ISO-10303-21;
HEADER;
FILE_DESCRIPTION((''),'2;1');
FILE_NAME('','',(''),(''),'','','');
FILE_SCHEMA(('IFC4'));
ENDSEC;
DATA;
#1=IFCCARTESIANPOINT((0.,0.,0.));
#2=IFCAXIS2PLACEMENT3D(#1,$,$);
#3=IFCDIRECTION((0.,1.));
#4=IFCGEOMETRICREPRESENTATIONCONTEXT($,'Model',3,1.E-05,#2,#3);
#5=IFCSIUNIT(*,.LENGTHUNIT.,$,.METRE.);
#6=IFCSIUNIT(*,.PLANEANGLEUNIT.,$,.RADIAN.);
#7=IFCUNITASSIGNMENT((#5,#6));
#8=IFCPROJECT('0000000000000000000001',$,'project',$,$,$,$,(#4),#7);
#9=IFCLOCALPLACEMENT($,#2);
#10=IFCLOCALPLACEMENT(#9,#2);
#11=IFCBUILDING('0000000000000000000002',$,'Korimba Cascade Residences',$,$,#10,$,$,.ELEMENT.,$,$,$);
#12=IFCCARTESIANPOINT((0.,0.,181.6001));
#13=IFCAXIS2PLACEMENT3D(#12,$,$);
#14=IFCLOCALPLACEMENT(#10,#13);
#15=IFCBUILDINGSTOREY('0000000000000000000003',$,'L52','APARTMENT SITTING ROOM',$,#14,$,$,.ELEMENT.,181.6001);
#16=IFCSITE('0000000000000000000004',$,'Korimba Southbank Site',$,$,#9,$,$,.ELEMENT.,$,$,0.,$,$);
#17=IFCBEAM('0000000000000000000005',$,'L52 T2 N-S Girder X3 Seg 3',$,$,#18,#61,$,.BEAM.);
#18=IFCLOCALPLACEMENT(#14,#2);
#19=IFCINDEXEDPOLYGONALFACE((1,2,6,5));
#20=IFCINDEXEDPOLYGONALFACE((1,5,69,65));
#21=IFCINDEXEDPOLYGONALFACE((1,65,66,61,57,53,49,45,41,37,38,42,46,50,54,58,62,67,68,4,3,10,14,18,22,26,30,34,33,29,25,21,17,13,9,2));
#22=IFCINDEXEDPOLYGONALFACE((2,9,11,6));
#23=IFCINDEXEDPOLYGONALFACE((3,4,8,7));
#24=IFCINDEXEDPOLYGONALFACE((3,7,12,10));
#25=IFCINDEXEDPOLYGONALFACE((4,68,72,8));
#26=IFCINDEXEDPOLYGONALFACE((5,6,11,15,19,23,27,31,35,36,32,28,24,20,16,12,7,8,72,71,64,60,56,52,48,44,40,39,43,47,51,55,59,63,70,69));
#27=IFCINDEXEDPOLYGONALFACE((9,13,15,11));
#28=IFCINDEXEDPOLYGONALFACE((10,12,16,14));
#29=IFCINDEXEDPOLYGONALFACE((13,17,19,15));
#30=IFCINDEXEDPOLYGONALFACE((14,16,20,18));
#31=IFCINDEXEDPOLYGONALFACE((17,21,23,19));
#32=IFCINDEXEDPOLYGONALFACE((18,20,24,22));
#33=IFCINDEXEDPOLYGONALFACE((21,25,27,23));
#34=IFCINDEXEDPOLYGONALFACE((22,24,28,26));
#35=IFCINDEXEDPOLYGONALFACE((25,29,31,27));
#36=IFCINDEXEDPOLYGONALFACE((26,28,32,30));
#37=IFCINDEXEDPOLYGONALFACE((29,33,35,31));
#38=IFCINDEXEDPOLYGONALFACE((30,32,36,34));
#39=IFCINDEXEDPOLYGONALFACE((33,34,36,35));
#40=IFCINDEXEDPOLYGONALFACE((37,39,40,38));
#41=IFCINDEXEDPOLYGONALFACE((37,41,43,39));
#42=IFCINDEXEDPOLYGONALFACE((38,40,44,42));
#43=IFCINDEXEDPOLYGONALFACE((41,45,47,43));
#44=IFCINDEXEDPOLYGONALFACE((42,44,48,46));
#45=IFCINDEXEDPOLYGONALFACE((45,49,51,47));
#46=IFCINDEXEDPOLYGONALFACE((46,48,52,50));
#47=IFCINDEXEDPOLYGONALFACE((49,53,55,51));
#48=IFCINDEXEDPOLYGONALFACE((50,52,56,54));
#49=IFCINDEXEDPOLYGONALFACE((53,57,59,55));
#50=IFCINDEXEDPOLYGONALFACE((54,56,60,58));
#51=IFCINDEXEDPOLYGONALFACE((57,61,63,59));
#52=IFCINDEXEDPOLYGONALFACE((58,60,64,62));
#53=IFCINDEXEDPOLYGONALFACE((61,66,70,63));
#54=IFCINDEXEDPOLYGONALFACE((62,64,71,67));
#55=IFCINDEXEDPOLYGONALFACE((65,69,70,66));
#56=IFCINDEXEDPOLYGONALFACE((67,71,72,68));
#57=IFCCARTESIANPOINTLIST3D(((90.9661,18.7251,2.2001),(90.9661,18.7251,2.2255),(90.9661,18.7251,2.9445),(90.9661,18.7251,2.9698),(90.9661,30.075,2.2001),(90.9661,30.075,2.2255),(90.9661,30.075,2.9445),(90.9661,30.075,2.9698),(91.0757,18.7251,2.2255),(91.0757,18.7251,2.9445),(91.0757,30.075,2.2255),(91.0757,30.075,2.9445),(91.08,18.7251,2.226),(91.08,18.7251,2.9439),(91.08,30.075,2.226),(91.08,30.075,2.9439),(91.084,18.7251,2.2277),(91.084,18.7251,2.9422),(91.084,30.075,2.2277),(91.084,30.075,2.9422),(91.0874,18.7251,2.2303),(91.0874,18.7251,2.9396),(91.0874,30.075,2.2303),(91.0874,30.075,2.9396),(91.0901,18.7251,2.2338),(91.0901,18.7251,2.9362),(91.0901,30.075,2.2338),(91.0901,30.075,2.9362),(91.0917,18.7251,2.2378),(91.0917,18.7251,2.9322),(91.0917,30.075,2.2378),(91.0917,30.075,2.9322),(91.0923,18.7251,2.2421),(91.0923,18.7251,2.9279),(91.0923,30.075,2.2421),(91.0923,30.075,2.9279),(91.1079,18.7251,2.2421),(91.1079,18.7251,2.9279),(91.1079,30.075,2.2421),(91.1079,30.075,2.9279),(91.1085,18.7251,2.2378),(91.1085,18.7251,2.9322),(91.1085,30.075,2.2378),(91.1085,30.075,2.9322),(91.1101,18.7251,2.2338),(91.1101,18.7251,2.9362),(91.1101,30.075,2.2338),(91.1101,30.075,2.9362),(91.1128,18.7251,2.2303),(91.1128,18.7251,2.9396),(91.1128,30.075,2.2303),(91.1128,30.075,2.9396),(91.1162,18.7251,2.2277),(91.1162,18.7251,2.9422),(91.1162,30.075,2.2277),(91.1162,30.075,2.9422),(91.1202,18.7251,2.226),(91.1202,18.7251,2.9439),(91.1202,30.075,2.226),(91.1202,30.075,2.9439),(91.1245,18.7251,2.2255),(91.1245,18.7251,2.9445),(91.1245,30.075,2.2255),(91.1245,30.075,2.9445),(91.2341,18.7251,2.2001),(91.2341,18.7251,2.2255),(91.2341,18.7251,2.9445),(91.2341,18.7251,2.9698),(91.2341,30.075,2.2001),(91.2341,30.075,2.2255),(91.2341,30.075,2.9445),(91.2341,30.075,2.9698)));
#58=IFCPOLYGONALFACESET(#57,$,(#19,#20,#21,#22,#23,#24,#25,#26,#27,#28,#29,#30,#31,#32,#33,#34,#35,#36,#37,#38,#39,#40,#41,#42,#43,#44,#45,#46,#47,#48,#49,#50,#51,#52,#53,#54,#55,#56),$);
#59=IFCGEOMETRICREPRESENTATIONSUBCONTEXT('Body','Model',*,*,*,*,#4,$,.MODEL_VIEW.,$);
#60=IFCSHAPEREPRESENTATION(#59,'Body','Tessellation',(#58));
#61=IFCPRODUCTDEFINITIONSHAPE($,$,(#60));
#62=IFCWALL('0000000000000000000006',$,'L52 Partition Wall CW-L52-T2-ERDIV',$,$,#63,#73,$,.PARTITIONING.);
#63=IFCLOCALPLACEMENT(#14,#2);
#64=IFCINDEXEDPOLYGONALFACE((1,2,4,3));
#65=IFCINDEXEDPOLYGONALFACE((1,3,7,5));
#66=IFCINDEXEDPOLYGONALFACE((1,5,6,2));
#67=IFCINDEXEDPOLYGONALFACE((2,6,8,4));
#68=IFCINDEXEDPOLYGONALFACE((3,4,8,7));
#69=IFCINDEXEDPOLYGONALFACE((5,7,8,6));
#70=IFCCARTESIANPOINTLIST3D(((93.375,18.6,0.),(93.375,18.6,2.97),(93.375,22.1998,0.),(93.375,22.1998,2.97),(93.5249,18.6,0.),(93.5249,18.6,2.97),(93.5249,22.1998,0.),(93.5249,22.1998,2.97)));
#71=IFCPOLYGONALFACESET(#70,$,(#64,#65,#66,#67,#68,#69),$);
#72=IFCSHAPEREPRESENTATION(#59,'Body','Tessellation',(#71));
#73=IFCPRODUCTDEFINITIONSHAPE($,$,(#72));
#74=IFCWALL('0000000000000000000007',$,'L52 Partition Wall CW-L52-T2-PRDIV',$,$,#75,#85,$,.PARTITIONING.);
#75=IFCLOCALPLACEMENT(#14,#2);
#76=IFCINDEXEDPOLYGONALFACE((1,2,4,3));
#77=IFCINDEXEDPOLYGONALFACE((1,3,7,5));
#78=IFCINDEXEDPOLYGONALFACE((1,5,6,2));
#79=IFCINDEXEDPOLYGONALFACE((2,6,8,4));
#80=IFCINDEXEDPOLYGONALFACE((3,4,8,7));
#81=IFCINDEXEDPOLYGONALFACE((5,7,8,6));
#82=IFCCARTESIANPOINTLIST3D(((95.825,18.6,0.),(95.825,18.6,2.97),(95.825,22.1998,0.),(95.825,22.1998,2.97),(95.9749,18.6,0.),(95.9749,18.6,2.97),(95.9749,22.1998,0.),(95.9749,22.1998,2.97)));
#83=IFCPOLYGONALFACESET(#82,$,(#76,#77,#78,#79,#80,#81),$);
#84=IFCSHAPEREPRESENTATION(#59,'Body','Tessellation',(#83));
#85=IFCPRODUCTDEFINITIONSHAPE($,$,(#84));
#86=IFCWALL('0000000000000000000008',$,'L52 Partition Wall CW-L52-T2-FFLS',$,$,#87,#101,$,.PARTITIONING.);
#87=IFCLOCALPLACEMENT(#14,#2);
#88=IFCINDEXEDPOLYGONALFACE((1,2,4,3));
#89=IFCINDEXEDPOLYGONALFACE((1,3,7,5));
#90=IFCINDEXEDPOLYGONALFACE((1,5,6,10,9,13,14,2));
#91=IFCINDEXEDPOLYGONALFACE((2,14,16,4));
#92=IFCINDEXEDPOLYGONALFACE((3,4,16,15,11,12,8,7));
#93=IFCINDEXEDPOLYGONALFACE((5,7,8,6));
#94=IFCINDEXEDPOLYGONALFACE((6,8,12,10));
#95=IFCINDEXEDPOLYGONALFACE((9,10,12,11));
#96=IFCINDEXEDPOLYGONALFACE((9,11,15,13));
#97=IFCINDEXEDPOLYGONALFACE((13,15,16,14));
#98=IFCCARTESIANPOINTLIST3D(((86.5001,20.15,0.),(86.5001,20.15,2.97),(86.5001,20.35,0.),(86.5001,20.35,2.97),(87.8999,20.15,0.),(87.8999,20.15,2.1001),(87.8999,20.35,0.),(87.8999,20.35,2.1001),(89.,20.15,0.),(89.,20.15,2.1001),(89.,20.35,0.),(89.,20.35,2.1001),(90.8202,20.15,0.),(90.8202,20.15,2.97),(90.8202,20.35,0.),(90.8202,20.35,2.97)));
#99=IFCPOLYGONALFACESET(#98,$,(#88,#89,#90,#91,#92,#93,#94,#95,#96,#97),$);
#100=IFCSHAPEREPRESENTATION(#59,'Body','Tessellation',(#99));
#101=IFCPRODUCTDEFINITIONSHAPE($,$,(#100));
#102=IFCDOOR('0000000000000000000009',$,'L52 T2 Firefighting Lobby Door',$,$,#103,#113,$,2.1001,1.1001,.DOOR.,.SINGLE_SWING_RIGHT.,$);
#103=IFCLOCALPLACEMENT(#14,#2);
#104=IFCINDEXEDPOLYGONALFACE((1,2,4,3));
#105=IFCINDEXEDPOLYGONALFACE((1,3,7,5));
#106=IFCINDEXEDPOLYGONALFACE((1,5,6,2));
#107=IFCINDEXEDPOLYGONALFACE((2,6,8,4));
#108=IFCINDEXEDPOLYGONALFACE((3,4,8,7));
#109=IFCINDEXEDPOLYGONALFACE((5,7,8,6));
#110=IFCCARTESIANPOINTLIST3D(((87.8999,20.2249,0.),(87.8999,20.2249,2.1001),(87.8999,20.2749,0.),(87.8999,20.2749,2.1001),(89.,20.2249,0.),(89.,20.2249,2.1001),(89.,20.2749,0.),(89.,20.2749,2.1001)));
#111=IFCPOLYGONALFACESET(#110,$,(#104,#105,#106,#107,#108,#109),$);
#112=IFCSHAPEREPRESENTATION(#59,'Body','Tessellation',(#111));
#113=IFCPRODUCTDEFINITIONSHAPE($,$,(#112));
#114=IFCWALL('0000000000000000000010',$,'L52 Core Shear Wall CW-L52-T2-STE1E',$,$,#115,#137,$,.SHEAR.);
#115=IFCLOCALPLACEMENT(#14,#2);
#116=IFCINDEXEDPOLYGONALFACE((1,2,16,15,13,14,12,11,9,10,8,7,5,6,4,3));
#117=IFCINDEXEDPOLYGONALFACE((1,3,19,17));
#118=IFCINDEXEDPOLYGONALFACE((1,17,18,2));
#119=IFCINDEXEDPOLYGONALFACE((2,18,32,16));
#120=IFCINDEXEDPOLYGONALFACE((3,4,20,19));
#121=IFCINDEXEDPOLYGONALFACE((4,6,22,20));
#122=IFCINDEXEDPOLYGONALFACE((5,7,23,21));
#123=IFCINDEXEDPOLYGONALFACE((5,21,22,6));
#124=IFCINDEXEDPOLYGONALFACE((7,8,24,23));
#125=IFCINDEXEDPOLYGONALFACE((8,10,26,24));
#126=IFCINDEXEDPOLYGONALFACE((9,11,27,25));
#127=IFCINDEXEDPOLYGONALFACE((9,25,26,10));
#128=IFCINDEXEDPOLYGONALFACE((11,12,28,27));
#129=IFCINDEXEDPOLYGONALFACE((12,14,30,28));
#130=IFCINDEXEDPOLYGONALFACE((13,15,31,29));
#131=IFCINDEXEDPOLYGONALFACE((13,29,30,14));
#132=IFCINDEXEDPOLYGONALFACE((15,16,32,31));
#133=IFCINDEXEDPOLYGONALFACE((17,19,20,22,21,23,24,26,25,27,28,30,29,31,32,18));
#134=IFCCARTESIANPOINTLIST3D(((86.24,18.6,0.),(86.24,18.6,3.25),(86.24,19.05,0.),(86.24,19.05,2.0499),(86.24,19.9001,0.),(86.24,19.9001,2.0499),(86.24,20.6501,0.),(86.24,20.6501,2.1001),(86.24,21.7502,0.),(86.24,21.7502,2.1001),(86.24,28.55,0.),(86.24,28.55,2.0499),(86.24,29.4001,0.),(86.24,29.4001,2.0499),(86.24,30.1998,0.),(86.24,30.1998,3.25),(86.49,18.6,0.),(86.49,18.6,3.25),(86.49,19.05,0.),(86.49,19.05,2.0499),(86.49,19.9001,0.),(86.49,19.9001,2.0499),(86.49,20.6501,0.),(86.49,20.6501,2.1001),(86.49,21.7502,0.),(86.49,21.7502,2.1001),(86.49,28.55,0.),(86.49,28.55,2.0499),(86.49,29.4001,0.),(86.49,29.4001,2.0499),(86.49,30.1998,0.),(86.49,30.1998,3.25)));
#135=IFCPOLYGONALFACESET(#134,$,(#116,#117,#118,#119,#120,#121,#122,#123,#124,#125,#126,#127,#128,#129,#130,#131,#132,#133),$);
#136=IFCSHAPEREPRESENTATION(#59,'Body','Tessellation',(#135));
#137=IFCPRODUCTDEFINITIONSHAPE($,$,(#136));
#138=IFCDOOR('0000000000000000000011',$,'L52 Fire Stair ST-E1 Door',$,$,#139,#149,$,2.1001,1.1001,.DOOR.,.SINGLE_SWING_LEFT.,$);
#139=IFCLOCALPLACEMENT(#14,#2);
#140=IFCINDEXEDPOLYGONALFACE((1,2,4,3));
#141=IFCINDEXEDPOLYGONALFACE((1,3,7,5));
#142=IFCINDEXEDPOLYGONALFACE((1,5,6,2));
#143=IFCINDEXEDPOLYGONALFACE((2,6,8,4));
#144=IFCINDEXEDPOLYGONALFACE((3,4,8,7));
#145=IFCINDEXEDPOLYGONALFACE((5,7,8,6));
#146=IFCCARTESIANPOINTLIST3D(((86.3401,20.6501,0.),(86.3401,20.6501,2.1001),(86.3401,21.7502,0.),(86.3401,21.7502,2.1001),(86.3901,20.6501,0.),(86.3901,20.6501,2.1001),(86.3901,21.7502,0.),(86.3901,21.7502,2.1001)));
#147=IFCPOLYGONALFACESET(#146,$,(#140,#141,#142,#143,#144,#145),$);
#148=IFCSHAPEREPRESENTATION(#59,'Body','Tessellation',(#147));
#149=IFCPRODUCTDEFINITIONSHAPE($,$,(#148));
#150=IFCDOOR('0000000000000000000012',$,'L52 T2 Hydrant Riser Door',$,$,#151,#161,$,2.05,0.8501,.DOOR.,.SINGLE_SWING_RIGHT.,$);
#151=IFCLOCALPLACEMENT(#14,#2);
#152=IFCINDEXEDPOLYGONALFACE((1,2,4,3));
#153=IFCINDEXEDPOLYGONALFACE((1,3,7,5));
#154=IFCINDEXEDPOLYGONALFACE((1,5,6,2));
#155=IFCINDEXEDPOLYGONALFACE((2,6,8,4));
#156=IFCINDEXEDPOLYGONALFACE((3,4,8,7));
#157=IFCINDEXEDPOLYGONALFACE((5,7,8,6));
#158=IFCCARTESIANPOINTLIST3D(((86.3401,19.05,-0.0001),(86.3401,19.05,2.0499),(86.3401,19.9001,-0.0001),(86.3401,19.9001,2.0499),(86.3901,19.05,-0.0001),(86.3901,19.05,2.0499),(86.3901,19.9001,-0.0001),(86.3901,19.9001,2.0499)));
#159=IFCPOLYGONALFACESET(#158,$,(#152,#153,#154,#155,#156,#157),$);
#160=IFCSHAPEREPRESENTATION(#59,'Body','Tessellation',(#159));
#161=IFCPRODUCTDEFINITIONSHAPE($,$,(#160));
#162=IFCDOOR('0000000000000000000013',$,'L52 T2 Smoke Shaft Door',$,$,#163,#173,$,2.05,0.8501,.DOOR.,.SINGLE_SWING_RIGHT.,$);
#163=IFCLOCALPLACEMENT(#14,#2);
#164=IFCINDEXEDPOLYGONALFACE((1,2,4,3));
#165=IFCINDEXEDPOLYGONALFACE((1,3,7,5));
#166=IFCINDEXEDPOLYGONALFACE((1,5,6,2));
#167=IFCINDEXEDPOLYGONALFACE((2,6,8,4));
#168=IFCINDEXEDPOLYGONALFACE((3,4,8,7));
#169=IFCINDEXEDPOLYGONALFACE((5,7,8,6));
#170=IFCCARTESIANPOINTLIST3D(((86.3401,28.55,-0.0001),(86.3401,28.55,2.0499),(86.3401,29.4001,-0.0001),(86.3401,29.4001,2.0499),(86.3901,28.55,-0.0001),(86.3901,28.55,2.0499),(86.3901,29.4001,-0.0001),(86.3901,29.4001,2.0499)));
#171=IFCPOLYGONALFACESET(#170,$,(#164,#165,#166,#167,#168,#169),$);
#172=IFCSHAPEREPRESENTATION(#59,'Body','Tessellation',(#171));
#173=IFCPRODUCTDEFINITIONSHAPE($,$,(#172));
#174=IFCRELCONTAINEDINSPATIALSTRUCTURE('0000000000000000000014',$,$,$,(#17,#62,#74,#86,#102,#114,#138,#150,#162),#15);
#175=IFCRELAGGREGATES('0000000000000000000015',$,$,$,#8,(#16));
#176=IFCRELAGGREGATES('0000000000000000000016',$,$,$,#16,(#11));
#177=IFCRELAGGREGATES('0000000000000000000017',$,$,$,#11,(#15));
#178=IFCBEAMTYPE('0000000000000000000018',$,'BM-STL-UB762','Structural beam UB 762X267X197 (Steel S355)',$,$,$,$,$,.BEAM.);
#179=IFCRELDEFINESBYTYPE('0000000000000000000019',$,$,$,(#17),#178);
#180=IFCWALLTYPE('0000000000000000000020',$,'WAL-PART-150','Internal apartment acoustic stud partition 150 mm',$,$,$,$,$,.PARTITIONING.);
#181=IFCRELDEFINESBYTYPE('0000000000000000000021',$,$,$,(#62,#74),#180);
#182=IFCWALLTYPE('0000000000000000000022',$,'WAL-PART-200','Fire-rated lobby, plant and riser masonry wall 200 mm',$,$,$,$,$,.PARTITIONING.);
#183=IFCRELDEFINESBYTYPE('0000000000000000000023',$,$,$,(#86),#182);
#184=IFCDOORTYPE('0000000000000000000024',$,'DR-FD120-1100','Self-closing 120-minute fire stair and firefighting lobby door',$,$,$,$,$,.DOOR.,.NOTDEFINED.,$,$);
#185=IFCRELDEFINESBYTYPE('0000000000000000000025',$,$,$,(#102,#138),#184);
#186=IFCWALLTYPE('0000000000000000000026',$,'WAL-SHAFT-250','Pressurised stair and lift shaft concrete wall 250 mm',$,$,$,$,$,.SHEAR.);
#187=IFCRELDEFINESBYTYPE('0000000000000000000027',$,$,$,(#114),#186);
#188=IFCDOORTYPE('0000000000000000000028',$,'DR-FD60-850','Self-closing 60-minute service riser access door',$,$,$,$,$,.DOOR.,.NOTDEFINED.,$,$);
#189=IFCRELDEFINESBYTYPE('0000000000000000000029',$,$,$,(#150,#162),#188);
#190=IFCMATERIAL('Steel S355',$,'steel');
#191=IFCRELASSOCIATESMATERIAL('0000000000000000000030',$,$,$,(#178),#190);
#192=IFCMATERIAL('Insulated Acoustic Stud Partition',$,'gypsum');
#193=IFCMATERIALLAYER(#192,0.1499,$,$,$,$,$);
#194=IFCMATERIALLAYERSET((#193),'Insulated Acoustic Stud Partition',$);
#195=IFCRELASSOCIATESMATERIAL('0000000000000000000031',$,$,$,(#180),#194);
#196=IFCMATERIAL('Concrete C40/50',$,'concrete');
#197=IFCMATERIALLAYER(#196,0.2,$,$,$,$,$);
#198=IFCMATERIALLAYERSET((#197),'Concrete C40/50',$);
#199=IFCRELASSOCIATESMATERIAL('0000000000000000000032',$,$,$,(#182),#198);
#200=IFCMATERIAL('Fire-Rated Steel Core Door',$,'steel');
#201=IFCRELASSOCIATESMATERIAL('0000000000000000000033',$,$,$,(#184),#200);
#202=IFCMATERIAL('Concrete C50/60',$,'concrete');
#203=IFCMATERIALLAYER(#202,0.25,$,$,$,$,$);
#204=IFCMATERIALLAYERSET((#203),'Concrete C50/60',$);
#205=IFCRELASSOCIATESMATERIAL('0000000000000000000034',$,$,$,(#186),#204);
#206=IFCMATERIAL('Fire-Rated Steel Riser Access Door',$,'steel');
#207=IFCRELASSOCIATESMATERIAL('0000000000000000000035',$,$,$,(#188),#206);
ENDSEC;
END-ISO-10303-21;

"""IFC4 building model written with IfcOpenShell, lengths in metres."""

from ifc_helpers import new_model, si_unit, direction, frame, frame_2d, origin, origin_2d, place, context, subcontext, project, spatial, rectangle, i_section, extrude, material, layer, layer_set, material_profile, profile_set, type_object, element, fill, save


model = new_model("IFC4")

# Units and contexts
model_context = context("Model", 3, precision=1e-05, world=origin(), true_north=direction((0.0, 1.0)))
body_context = subcontext(model_context, "Body", "Model", "MODEL_VIEW")
ifc_project = project(units=[si_unit("LENGTHUNIT", "METRE"), si_unit("PLANEANGLEUNIT", "RADIAN")], contexts=[model_context])

# Site, building, storey
site_placement = place(None, origin())
site = spatial("IfcSite", under=ifc_project, at=site_placement, Name="Korimba Southbank Site", CompositionType="ELEMENT", RefElevation=0.0)
building_placement = place(site_placement, origin())
building = spatial("IfcBuilding", under=site, at=building_placement, Name="Korimba Cascade Residences", CompositionType="ELEMENT")
storey_placement = place(building_placement, frame((0.0, 0.0, 181.6001)))
storey = spatial("IfcBuildingStorey", under=building, at=storey_placement, Name="L52", Description="APARTMENT SITTING ROOM", CompositionType="ELEMENT", Elevation=181.6001)

# Beam
ifc_material_1 = material(Name="Steel S355", Category="steel")
ifc_material_profile = material_profile(ifc_material_1, i_section(OverallWidth=0.2681, OverallDepth=0.7698, WebThickness=0.0156, FlangeThickness=0.0254, FilletRadius=0.0166, at=origin_2d()), Name="Steel S355")
ifc_profile_set = profile_set([ifc_material_profile], Name="Steel S355")
beam_type = type_object("IfcBeamType", Name="BM-STL-UB762", Description="Structural beam UB 762X267X197 (Steel S355)", PredefinedType="BEAM", material=ifc_profile_set)
beam_placement = place(storey_placement, frame((91.1001, 18.7251, 2.585), z_axis=(0.0, 1.0, 0.0), x_axis=(-1.0, 0.0, 0.0)))
element("IfcBeam", 1, at=beam_placement, inside=storey, type_object=beam_type, Name="L52 T2 N-S Girder X3 Seg 3", PredefinedType="BEAM", context=body_context, shape_type="SweptSolid", body=[
    extrude(i_section(OverallWidth=0.2681, OverallDepth=0.7698, WebThickness=0.0156, FlangeThickness=0.0254, FilletRadius=0.0166, at=origin_2d()), origin(), (0.0, 0.0, 1.0), 11.3499),
])

# Walls
ifc_material_2 = material(Name="Insulated Acoustic Stud Partition", Category="gypsum")
ifc_layer_1 = layer(ifc_material_2, 0.1499)
ifc_layer_set_1 = layer_set([ifc_layer_1], Name="Insulated Acoustic Stud Partition")
wall_type_1 = type_object("IfcWallType", Name="WAL-PART-150", Description="Internal apartment acoustic stud partition 150 mm", PredefinedType="PARTITIONING", material=ifc_layer_set_1)
for number, where, z_axis, x_axis, name in (
    (2, (93.45, 18.6001, 0.0), (0.0, 0.0, 1.0), (0.0, 1.0, 0.0), "L52 Partition Wall CW-L52-T2-ERDIV"),
    (3, (95.8999, 18.6001, 0.0), (0.0, 0.0, 1.0), (0.0, 1.0, 0.0), "L52 Partition Wall CW-L52-T2-PRDIV"),
):
    element("IfcWall", number, at=place(storey_placement, frame(where, z_axis=z_axis, x_axis=x_axis)), inside=storey, type_object=wall_type_1, Name=name, PredefinedType="PARTITIONING", context=body_context, shape_type="SweptSolid", body=[
        extrude(rectangle(XDim=3.5999, YDim=0.1499, at=frame_2d((1.7998, 0.0))), origin(), (0.0, 0.0, 1.0), 2.97),
    ])

# Wall, opening, door
ifc_material_3 = material(Name="Concrete C40/50", Category="concrete")
ifc_layer_2 = layer(ifc_material_3, 0.2)
ifc_layer_set_2 = layer_set([ifc_layer_2], Name="Concrete C40/50")
wall_type_2 = type_object("IfcWallType", Name="WAL-PART-200", Description="Fire-rated lobby, plant and riser masonry wall 200 mm", PredefinedType="PARTITIONING", material=ifc_layer_set_2)
wall_1_placement = place(storey_placement, frame((86.5, 20.25, 0.0), z_axis=(0.0, 0.0, 1.0), x_axis=(1.0, 0.0, 0.0)))
wall_1 = element("IfcWall", 4, at=wall_1_placement, inside=storey, type_object=wall_type_2, Name="L52 Partition Wall CW-L52-T2-FFLS", PredefinedType="PARTITIONING", context=body_context, shape_type="SweptSolid", body=[
    extrude(rectangle(XDim=4.3201, YDim=0.2, at=frame_2d((2.1602, 0.0))), origin(), (0.0, 0.0, 1.0), 2.97),
])
opening_1_placement = place(wall_1_placement, frame((1.3999, 0.0, 0.0)))
opening_1 = element("IfcOpeningElement", 5, at=opening_1_placement, cuts=wall_1, PredefinedType="OPENING", context=body_context, shape_type="SweptSolid", body=[
    extrude(rectangle(XDim=1.1001, YDim=2.1001, at=frame_2d((0.55, 1.05))), frame((0.0, 0.1099, 0.0), z_axis=(0.0, -1.0, 0.0), x_axis=(1.0, 0.0, 0.0)), (0.0, 0.0, 1.0), 0.22),
])
ifc_material_4 = material(Name="Fire-Rated Steel Core Door", Category="steel")
door_type_1 = type_object("IfcDoorType", Name="DR-FD120-1100", Description="Self-closing 120-minute fire stair and firefighting lobby door", OperationType="NOTDEFINED", PredefinedType="DOOR", material=ifc_material_4)
door_1_placement = place(opening_1_placement, origin())
door_1 = element("IfcDoor", 6, at=door_1_placement, inside=storey, type_object=door_type_1, Name="L52 T2 Firefighting Lobby Door", OperationType="SINGLE_SWING_RIGHT", OverallHeight=2.1001, OverallWidth=1.1001, PredefinedType="DOOR", context=body_context, shape_type="SweptSolid", body=[
    extrude(rectangle(XDim=1.1001, YDim=2.1001, at=frame_2d((0.55, 1.05))), frame((0.0, 0.0249, 0.0), z_axis=(0.0, -1.0, 0.0), x_axis=(1.0, 0.0, 0.0)), (0.0, 0.0, 1.0), 0.05),
])
fill(opening_1, door_1)

# Wall, openings, doors
ifc_material_5 = material(Name="Concrete C50/60", Category="concrete")
ifc_layer_3 = layer(ifc_material_5, 0.25)
ifc_layer_set_3 = layer_set([ifc_layer_3], Name="Concrete C50/60")
wall_type_3 = type_object("IfcWallType", Name="WAL-SHAFT-250", Description="Pressurised stair and lift shaft concrete wall 250 mm", PredefinedType="SHEAR", material=ifc_layer_set_3)
wall_2_placement = place(storey_placement, frame((86.365, 18.6001, 0.0), z_axis=(0.0, 0.0, 1.0), x_axis=(0.0, 1.0, 0.0)))
wall_2 = element("IfcWall", 7, at=wall_2_placement, inside=storey, type_object=wall_type_3, Name="L52 Core Shear Wall CW-L52-T2-STE1E", PredefinedType="SHEAR", context=body_context, shape_type="SweptSolid", body=[
    extrude(rectangle(XDim=11.5999, YDim=0.25, at=frame_2d((5.7998, 0.0))), origin(), (0.0, 0.0, 1.0), 3.25),
])
opening_2_placement = place(wall_2_placement, frame((0.45, 0.0, 0.0)))
opening_2 = element("IfcOpeningElement", 8, at=opening_2_placement, cuts=wall_2, PredefinedType="OPENING", context=body_context, shape_type="SweptSolid", body=[
    extrude(rectangle(XDim=0.8501, YDim=2.05, at=frame_2d((0.425, 1.0249))), frame((0.0, 0.135, 0.0), z_axis=(0.0, -1.0, 0.0), x_axis=(1.0, 0.0, 0.0)), (0.0, 0.0, 1.0), 0.27),
])
opening_3_placement = place(wall_2_placement, frame((2.05, 0.0, 0.0)))
opening_3 = element("IfcOpeningElement", 9, at=opening_3_placement, cuts=wall_2, PredefinedType="OPENING", context=body_context, shape_type="SweptSolid", body=[
    extrude(rectangle(XDim=1.1001, YDim=2.1001, at=frame_2d((0.55, 1.05))), frame((0.0, 0.135, 0.0), z_axis=(0.0, -1.0, 0.0), x_axis=(1.0, 0.0, 0.0)), (0.0, 0.0, 1.0), 0.27),
])
opening_4_placement = place(wall_2_placement, frame((9.95, 0.0, 0.0)))
opening_4 = element("IfcOpeningElement", 10, at=opening_4_placement, cuts=wall_2, PredefinedType="OPENING", context=body_context, shape_type="SweptSolid", body=[
    extrude(rectangle(XDim=0.8501, YDim=2.05, at=frame_2d((0.425, 1.0249))), frame((0.0, 0.135, 0.0), z_axis=(0.0, -1.0, 0.0), x_axis=(1.0, 0.0, 0.0)), (0.0, 0.0, 1.0), 0.27),
])
door_2_placement = place(opening_3_placement, origin())
door_2 = element("IfcDoor", 11, at=door_2_placement, inside=storey, type_object=door_type_1, Name="L52 Fire Stair ST-E1 Door", OperationType="SINGLE_SWING_LEFT", OverallHeight=2.1001, OverallWidth=1.1001, PredefinedType="DOOR", context=body_context, shape_type="SweptSolid", body=[
    extrude(rectangle(XDim=1.1001, YDim=2.1001, at=frame_2d((0.55, 1.05))), frame((0.0, 0.0249, 0.0), z_axis=(0.0, -1.0, 0.0), x_axis=(1.0, 0.0, 0.0)), (0.0, 0.0, 1.0), 0.05),
])
fill(opening_3, door_2)
ifc_material_6 = material(Name="Fire-Rated Steel Riser Access Door", Category="steel")
door_type_2 = type_object("IfcDoorType", Name="DR-FD60-850", Description="Self-closing 60-minute service riser access door", OperationType="NOTDEFINED", PredefinedType="DOOR", material=ifc_material_6)
door_3_placement = place(opening_2_placement, origin())
door_3 = element("IfcDoor", 12, at=door_3_placement, inside=storey, type_object=door_type_2, Name="L52 T2 Hydrant Riser Door", OperationType="SINGLE_SWING_RIGHT", OverallHeight=2.05, OverallWidth=0.8501, PredefinedType="DOOR", context=body_context, shape_type="SweptSolid", body=[
    extrude(rectangle(XDim=0.8501, YDim=2.05, at=frame_2d((0.425, 1.0249))), frame((0.0, 0.0249, 0.0), z_axis=(0.0, -1.0, 0.0), x_axis=(1.0, 0.0, 0.0)), (0.0, 0.0, 1.0), 0.05),
])
fill(opening_2, door_3)
door_4_placement = place(opening_4_placement, origin())
door_4 = element("IfcDoor", 13, at=door_4_placement, inside=storey, type_object=door_type_2, Name="L52 T2 Smoke Shaft Door", OperationType="SINGLE_SWING_RIGHT", OverallHeight=2.05, OverallWidth=0.8501, PredefinedType="DOOR", context=body_context, shape_type="SweptSolid", body=[
    extrude(rectangle(XDim=0.8501, YDim=2.05, at=frame_2d((0.425, 1.0249))), frame((0.0, 0.0249, 0.0), z_axis=(0.0, -1.0, 0.0), x_axis=(1.0, 0.0, 0.0)), (0.0, 0.0, 1.0), 0.05),
])
fill(opening_4, door_4)

save(model, "model.ifc")
